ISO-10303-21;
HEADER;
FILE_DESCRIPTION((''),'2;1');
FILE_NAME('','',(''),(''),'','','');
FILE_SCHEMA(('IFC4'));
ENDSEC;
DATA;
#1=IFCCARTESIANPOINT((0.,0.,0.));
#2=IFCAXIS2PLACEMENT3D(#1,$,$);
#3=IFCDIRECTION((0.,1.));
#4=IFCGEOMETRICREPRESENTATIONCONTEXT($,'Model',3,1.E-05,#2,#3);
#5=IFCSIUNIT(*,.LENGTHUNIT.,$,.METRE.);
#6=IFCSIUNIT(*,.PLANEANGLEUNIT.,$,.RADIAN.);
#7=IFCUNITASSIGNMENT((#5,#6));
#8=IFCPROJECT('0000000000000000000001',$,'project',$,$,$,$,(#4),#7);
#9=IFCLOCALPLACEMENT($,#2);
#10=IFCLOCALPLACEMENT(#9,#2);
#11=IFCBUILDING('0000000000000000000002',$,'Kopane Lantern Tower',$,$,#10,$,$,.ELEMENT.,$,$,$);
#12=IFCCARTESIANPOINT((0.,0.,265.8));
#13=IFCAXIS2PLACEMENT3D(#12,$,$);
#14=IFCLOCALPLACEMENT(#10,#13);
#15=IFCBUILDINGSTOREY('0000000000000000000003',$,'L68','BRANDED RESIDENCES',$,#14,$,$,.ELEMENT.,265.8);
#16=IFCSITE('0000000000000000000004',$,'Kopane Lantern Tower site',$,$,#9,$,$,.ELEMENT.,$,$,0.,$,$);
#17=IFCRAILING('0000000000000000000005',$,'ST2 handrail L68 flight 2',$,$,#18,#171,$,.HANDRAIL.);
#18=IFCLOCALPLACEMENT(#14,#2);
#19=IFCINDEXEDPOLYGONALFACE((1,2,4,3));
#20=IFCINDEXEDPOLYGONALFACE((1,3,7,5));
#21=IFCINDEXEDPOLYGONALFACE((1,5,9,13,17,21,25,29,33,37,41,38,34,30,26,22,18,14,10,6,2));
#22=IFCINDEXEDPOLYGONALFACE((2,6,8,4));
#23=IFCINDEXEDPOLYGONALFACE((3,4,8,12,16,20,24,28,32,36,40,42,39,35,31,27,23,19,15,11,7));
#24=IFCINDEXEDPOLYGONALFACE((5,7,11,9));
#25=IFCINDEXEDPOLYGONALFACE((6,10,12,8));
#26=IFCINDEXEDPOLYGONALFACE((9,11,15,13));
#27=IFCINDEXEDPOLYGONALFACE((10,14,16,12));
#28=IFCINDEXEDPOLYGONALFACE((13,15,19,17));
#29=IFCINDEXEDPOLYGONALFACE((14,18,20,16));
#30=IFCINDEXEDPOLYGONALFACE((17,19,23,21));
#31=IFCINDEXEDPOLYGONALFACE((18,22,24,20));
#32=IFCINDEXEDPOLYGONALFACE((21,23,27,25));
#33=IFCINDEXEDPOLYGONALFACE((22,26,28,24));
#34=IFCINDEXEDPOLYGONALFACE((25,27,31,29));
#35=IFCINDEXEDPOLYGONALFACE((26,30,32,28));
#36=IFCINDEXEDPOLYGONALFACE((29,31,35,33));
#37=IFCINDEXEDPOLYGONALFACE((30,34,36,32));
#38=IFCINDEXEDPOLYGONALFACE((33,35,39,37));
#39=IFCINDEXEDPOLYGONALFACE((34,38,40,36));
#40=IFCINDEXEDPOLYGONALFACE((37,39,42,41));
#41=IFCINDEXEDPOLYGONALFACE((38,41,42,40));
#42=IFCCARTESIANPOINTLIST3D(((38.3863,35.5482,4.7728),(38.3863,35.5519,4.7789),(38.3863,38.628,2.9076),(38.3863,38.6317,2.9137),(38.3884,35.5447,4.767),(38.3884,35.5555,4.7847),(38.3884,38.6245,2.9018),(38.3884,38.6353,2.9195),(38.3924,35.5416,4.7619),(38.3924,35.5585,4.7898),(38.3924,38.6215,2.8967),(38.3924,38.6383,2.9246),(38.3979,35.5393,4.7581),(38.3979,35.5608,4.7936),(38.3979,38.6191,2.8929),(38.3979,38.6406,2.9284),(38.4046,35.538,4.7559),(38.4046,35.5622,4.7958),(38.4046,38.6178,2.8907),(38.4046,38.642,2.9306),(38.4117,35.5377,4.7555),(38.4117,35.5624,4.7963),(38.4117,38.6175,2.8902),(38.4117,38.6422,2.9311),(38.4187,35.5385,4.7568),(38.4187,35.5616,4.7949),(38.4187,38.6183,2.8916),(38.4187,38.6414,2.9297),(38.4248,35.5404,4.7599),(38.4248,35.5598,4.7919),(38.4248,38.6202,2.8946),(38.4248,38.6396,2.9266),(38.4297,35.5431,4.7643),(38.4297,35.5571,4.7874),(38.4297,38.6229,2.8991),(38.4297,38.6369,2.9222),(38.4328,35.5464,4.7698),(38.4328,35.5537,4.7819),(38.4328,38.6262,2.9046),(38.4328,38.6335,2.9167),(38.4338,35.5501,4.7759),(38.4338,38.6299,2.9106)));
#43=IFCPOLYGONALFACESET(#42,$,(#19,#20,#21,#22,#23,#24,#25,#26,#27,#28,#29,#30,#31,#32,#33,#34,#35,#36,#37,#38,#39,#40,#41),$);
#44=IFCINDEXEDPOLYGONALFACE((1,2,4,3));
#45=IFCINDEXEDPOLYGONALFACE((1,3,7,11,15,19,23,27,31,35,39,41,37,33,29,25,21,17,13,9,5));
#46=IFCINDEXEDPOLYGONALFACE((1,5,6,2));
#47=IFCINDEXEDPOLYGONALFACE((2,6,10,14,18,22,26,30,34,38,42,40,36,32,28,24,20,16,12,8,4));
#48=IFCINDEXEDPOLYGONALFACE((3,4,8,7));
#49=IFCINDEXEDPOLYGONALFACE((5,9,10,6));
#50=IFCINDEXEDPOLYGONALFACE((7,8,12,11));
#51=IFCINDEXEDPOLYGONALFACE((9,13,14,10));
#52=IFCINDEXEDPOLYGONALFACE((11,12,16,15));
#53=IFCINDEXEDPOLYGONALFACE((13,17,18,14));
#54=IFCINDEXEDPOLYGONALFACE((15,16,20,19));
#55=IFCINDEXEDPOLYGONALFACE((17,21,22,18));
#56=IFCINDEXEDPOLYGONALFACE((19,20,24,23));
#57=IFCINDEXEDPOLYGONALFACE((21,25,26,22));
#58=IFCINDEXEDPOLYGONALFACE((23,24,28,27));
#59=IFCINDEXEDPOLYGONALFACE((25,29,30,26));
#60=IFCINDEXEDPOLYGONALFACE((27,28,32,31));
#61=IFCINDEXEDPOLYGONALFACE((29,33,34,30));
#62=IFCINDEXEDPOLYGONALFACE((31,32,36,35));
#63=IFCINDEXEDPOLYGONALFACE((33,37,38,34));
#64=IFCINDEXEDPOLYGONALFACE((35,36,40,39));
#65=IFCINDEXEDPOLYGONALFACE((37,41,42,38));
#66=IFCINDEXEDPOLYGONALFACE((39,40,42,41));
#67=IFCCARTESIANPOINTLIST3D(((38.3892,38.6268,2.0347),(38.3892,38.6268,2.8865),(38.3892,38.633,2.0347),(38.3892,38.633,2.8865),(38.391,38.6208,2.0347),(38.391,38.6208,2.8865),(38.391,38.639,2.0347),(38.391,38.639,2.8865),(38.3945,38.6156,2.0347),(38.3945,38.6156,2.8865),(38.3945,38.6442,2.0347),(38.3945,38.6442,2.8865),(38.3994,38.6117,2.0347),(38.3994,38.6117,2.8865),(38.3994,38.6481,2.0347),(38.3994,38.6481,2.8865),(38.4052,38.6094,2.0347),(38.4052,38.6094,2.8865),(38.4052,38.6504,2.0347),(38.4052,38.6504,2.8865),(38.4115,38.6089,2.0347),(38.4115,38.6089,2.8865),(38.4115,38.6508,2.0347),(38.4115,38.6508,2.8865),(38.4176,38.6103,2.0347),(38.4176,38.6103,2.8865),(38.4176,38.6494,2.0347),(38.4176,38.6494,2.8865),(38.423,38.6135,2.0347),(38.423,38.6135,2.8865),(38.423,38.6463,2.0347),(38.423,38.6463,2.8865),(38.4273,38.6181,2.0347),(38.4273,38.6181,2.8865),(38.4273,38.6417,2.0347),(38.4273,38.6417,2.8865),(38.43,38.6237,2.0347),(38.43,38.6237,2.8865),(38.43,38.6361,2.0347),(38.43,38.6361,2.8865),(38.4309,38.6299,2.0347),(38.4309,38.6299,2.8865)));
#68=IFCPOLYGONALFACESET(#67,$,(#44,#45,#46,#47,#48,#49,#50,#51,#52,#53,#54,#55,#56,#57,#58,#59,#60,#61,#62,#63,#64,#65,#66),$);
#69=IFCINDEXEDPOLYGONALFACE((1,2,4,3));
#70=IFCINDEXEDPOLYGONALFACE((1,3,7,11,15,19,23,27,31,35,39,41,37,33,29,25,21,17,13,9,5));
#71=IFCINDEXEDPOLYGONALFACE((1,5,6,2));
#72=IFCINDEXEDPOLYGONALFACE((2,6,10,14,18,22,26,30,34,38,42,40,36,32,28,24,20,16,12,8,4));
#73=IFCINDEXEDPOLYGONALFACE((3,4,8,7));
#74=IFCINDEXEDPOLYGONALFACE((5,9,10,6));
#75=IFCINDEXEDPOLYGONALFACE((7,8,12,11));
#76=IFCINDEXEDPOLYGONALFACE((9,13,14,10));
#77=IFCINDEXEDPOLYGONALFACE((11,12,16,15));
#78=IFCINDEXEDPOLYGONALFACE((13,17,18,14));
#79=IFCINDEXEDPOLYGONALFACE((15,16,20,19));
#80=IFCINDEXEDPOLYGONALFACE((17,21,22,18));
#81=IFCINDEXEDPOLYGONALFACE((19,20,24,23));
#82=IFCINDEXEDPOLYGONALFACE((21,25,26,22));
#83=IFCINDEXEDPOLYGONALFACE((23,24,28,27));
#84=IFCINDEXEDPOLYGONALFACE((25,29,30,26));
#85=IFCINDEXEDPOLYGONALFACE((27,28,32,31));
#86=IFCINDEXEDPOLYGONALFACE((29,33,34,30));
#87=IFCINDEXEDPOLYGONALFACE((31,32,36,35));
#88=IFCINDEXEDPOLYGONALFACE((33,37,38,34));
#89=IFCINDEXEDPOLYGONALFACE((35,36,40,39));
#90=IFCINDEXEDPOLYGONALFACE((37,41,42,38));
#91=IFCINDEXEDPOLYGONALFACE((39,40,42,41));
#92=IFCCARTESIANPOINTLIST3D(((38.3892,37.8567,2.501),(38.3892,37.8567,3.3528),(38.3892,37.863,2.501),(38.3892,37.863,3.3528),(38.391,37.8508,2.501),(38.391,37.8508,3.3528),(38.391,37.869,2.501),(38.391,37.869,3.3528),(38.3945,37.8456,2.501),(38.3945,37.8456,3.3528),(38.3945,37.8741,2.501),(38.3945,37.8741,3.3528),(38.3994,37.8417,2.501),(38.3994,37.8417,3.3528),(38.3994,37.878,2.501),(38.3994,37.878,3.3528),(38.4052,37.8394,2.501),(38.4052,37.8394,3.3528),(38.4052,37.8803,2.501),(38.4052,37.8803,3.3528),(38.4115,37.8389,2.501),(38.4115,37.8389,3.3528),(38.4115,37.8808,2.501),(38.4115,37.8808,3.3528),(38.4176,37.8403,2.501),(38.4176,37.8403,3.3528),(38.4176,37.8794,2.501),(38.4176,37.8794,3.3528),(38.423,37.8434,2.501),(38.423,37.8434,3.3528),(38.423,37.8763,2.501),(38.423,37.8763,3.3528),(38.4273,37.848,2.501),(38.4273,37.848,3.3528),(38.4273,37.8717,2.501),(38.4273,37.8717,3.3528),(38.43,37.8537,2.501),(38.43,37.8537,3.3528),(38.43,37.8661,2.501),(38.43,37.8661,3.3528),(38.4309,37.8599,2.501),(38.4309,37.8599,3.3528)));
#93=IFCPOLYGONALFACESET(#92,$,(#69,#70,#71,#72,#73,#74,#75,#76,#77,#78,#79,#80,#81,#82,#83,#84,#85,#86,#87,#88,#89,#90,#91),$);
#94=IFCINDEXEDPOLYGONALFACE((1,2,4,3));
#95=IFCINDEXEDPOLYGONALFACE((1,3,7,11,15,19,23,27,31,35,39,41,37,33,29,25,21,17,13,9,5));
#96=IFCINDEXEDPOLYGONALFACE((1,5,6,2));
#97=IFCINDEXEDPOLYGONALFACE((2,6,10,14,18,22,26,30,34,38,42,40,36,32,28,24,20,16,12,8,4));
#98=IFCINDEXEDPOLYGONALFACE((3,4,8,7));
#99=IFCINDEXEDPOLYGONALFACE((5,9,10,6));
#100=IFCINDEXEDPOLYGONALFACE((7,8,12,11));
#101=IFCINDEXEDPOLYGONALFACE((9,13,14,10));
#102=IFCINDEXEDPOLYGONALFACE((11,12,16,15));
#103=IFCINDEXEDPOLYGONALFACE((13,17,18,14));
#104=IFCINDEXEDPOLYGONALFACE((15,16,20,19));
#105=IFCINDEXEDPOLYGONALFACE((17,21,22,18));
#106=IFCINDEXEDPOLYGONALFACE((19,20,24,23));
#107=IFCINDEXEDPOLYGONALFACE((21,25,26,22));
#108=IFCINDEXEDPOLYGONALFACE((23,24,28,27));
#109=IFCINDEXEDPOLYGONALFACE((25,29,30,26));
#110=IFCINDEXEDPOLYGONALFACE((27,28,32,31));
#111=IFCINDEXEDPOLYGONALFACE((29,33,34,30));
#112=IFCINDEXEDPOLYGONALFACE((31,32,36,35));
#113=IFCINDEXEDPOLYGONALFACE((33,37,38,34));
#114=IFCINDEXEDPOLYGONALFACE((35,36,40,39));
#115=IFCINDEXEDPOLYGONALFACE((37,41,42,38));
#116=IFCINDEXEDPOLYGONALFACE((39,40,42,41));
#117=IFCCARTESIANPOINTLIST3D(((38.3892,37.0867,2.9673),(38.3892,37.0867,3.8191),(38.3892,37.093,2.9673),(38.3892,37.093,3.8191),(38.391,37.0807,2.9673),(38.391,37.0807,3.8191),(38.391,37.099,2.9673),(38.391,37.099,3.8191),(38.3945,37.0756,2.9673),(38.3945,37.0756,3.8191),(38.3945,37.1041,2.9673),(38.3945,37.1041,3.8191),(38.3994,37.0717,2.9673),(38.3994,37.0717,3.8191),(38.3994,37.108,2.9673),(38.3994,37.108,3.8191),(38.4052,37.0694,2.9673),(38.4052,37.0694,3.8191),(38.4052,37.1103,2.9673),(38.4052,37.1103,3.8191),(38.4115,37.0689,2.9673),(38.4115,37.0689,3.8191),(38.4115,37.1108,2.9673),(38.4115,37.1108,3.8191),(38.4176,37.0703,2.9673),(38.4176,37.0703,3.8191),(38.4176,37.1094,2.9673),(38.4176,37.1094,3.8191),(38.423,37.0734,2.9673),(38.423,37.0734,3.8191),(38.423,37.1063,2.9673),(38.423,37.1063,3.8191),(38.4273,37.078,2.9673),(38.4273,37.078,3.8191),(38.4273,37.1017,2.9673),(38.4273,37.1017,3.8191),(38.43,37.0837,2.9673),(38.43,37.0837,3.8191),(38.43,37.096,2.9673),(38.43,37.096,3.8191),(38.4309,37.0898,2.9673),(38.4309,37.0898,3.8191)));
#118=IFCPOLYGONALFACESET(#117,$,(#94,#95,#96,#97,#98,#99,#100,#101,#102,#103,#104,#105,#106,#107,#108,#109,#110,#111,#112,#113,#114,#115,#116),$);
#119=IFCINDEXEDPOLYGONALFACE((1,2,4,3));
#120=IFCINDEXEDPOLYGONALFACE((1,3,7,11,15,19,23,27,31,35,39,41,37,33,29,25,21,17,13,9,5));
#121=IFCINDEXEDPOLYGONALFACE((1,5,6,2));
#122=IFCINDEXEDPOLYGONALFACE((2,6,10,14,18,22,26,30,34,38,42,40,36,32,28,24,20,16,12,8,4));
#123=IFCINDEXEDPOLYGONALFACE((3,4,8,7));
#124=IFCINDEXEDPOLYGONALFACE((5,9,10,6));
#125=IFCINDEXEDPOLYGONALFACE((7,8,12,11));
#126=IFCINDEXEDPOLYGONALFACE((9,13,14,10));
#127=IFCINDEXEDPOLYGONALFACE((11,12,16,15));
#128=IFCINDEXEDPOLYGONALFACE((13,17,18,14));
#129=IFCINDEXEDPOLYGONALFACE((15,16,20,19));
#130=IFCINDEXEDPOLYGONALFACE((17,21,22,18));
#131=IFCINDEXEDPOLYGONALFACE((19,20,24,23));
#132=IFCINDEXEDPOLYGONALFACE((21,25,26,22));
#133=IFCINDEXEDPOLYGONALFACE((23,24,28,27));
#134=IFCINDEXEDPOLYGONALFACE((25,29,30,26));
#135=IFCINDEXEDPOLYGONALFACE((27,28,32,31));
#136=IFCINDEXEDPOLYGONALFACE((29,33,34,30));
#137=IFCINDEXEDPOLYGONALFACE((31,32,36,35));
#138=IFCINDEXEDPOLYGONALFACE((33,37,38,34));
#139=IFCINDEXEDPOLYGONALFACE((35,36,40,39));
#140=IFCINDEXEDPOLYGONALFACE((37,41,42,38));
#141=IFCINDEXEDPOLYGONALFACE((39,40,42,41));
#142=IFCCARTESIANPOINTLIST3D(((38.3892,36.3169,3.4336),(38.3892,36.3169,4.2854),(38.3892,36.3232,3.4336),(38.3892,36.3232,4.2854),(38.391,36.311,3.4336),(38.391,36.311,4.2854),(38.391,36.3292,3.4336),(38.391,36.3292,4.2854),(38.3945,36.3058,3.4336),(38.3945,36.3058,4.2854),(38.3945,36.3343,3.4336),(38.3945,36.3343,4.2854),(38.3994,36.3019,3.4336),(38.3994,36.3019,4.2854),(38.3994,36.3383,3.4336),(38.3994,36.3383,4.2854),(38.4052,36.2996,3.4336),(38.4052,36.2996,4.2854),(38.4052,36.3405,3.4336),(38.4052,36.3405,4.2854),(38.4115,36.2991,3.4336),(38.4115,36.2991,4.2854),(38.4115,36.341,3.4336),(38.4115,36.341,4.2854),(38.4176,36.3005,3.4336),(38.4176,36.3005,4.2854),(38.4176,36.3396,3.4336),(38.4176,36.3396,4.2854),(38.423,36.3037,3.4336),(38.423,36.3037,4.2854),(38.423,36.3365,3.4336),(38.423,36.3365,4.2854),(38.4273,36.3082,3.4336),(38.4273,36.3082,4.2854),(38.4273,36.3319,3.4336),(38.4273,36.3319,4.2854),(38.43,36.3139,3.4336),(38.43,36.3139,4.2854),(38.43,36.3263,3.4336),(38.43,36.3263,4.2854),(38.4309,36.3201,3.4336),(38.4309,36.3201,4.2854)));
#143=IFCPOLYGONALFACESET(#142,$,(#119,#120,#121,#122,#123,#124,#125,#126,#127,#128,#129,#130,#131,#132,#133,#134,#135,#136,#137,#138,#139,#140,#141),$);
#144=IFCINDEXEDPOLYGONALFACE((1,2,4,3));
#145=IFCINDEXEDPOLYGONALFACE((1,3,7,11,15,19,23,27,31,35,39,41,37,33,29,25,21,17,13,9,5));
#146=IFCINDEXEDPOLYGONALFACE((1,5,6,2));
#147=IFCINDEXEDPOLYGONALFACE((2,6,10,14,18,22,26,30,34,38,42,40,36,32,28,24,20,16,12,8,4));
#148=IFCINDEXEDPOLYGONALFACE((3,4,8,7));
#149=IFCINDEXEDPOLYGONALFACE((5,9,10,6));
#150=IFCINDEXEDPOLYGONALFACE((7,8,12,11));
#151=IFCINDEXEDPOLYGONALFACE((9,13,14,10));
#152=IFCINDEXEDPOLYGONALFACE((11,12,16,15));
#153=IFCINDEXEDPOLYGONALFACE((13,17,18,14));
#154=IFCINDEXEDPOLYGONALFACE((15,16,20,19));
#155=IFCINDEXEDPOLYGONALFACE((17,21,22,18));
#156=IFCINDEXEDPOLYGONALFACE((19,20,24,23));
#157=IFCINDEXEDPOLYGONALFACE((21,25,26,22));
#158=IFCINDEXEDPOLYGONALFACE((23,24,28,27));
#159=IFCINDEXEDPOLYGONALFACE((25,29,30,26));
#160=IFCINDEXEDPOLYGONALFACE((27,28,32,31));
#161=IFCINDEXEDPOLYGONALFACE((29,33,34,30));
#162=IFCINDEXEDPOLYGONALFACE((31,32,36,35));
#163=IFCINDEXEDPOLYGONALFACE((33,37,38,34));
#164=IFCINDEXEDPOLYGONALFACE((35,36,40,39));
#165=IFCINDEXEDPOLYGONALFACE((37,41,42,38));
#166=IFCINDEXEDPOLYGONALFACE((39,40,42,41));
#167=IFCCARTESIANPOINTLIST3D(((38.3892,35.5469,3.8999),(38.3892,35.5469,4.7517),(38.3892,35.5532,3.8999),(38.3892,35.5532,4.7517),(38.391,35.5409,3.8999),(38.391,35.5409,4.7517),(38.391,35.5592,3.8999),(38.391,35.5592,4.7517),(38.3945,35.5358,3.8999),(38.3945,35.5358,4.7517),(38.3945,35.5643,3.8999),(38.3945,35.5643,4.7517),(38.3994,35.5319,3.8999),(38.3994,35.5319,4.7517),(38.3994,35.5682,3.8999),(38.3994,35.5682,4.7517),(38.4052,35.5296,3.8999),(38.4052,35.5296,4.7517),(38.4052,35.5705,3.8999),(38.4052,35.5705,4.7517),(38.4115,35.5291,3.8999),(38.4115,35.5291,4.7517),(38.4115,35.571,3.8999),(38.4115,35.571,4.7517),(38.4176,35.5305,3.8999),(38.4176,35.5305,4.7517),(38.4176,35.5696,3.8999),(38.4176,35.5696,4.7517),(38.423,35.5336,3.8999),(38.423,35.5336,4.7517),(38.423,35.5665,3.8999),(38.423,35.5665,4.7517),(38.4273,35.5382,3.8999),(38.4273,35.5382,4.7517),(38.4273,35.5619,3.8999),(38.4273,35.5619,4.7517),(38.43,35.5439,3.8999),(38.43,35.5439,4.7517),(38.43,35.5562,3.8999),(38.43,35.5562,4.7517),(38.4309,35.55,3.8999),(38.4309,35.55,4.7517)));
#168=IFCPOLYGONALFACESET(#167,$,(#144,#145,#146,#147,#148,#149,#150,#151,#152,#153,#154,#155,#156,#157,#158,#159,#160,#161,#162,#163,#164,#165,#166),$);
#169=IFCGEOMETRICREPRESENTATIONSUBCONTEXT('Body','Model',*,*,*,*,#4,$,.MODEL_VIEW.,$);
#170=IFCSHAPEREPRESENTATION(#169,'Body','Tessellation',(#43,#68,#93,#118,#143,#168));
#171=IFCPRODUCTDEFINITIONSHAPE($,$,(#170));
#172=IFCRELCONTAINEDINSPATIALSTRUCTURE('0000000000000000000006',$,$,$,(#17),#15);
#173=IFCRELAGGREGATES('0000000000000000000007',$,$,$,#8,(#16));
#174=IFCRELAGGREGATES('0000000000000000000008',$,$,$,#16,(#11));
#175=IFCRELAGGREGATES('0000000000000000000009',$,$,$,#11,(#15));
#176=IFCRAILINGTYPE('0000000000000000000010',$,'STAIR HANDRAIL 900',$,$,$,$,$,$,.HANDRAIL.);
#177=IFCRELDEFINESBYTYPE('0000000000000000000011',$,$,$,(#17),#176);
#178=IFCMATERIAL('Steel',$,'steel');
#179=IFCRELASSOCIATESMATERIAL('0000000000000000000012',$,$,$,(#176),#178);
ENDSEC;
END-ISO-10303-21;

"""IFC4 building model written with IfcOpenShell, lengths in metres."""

from ifc_helpers import new_model, si_unit, direction, frame, origin, origin_2d, place, context, subcontext, project, spatial, circle, extrude, material, type_object, element, save


model = new_model("IFC4")

# Units and contexts
model_context = context("Model", 3, precision=1e-05, world=origin(), true_north=direction((0.0, 1.0)))
body_context = subcontext(model_context, "Body", "Model", "MODEL_VIEW")
ifc_project = project(units=[si_unit("LENGTHUNIT", "METRE"), si_unit("PLANEANGLEUNIT", "RADIAN")], contexts=[model_context])

# Site, building, storey
site_placement = place(None, origin())
site = spatial("IfcSite", under=ifc_project, at=site_placement, Name="Kopane Lantern Tower site", CompositionType="ELEMENT", RefElevation=0.0)
building_placement = place(site_placement, origin())
building = spatial("IfcBuilding", under=site, at=building_placement, Name="Kopane Lantern Tower", CompositionType="ELEMENT")
storey_placement = place(building_placement, frame((0.0, 0.0, 265.8)))
storey = spatial("IfcBuildingStorey", under=building, at=storey_placement, Name="L68", Description="BRANDED RESIDENCES", CompositionType="ELEMENT", Elevation=265.8)

# Railing
ifc_material_1 = material(Name="Steel", Category="steel")
railing_type = type_object("IfcRailingType", Name="STAIR HANDRAIL 900", PredefinedType="HANDRAIL", material=ifc_material_1)
for number, where, name in (
    (1, (38.4099, 38.6299, 2.0347), "ST2 handrail L68 flight 2"),
):
    element("IfcRailing", number, at=place(storey_placement, frame(where)), inside=storey, type_object=railing_type, Name=name, PredefinedType="HANDRAIL", context=body_context, shape_type="SweptSolid", body=[
        extrude(circle(Radius=0.0239, at=origin_2d()), frame((0.0, 0.0, 0.876), z_axis=(0.0, -0.855362, 0.518031), x_axis=(1.0, 0.0, 0.0)), (0.0, 0.0, 1.0), 3.6006),
        extrude(circle(Radius=0.021, at=origin_2d()), origin(), (0.0, 0.0, 1.0), 0.8518),
        extrude(circle(Radius=0.021, at=origin_2d()), frame((0.0, -0.77, 0.4663)), (0.0, 0.0, 1.0), 0.8518),
        extrude(circle(Radius=0.021, at=origin_2d()), frame((0.0, -1.54, 0.9326)), (0.0, 0.0, 1.0), 0.8518),
        extrude(circle(Radius=0.021, at=origin_2d()), frame((0.0, -2.3098, 1.3989)), (0.0, 0.0, 1.0), 0.8518),
        extrude(circle(Radius=0.021, at=origin_2d()), frame((0.0, -3.0798, 1.8652)), (0.0, 0.0, 1.0), 0.8518),
    ])

save(model, "model.ifc")
